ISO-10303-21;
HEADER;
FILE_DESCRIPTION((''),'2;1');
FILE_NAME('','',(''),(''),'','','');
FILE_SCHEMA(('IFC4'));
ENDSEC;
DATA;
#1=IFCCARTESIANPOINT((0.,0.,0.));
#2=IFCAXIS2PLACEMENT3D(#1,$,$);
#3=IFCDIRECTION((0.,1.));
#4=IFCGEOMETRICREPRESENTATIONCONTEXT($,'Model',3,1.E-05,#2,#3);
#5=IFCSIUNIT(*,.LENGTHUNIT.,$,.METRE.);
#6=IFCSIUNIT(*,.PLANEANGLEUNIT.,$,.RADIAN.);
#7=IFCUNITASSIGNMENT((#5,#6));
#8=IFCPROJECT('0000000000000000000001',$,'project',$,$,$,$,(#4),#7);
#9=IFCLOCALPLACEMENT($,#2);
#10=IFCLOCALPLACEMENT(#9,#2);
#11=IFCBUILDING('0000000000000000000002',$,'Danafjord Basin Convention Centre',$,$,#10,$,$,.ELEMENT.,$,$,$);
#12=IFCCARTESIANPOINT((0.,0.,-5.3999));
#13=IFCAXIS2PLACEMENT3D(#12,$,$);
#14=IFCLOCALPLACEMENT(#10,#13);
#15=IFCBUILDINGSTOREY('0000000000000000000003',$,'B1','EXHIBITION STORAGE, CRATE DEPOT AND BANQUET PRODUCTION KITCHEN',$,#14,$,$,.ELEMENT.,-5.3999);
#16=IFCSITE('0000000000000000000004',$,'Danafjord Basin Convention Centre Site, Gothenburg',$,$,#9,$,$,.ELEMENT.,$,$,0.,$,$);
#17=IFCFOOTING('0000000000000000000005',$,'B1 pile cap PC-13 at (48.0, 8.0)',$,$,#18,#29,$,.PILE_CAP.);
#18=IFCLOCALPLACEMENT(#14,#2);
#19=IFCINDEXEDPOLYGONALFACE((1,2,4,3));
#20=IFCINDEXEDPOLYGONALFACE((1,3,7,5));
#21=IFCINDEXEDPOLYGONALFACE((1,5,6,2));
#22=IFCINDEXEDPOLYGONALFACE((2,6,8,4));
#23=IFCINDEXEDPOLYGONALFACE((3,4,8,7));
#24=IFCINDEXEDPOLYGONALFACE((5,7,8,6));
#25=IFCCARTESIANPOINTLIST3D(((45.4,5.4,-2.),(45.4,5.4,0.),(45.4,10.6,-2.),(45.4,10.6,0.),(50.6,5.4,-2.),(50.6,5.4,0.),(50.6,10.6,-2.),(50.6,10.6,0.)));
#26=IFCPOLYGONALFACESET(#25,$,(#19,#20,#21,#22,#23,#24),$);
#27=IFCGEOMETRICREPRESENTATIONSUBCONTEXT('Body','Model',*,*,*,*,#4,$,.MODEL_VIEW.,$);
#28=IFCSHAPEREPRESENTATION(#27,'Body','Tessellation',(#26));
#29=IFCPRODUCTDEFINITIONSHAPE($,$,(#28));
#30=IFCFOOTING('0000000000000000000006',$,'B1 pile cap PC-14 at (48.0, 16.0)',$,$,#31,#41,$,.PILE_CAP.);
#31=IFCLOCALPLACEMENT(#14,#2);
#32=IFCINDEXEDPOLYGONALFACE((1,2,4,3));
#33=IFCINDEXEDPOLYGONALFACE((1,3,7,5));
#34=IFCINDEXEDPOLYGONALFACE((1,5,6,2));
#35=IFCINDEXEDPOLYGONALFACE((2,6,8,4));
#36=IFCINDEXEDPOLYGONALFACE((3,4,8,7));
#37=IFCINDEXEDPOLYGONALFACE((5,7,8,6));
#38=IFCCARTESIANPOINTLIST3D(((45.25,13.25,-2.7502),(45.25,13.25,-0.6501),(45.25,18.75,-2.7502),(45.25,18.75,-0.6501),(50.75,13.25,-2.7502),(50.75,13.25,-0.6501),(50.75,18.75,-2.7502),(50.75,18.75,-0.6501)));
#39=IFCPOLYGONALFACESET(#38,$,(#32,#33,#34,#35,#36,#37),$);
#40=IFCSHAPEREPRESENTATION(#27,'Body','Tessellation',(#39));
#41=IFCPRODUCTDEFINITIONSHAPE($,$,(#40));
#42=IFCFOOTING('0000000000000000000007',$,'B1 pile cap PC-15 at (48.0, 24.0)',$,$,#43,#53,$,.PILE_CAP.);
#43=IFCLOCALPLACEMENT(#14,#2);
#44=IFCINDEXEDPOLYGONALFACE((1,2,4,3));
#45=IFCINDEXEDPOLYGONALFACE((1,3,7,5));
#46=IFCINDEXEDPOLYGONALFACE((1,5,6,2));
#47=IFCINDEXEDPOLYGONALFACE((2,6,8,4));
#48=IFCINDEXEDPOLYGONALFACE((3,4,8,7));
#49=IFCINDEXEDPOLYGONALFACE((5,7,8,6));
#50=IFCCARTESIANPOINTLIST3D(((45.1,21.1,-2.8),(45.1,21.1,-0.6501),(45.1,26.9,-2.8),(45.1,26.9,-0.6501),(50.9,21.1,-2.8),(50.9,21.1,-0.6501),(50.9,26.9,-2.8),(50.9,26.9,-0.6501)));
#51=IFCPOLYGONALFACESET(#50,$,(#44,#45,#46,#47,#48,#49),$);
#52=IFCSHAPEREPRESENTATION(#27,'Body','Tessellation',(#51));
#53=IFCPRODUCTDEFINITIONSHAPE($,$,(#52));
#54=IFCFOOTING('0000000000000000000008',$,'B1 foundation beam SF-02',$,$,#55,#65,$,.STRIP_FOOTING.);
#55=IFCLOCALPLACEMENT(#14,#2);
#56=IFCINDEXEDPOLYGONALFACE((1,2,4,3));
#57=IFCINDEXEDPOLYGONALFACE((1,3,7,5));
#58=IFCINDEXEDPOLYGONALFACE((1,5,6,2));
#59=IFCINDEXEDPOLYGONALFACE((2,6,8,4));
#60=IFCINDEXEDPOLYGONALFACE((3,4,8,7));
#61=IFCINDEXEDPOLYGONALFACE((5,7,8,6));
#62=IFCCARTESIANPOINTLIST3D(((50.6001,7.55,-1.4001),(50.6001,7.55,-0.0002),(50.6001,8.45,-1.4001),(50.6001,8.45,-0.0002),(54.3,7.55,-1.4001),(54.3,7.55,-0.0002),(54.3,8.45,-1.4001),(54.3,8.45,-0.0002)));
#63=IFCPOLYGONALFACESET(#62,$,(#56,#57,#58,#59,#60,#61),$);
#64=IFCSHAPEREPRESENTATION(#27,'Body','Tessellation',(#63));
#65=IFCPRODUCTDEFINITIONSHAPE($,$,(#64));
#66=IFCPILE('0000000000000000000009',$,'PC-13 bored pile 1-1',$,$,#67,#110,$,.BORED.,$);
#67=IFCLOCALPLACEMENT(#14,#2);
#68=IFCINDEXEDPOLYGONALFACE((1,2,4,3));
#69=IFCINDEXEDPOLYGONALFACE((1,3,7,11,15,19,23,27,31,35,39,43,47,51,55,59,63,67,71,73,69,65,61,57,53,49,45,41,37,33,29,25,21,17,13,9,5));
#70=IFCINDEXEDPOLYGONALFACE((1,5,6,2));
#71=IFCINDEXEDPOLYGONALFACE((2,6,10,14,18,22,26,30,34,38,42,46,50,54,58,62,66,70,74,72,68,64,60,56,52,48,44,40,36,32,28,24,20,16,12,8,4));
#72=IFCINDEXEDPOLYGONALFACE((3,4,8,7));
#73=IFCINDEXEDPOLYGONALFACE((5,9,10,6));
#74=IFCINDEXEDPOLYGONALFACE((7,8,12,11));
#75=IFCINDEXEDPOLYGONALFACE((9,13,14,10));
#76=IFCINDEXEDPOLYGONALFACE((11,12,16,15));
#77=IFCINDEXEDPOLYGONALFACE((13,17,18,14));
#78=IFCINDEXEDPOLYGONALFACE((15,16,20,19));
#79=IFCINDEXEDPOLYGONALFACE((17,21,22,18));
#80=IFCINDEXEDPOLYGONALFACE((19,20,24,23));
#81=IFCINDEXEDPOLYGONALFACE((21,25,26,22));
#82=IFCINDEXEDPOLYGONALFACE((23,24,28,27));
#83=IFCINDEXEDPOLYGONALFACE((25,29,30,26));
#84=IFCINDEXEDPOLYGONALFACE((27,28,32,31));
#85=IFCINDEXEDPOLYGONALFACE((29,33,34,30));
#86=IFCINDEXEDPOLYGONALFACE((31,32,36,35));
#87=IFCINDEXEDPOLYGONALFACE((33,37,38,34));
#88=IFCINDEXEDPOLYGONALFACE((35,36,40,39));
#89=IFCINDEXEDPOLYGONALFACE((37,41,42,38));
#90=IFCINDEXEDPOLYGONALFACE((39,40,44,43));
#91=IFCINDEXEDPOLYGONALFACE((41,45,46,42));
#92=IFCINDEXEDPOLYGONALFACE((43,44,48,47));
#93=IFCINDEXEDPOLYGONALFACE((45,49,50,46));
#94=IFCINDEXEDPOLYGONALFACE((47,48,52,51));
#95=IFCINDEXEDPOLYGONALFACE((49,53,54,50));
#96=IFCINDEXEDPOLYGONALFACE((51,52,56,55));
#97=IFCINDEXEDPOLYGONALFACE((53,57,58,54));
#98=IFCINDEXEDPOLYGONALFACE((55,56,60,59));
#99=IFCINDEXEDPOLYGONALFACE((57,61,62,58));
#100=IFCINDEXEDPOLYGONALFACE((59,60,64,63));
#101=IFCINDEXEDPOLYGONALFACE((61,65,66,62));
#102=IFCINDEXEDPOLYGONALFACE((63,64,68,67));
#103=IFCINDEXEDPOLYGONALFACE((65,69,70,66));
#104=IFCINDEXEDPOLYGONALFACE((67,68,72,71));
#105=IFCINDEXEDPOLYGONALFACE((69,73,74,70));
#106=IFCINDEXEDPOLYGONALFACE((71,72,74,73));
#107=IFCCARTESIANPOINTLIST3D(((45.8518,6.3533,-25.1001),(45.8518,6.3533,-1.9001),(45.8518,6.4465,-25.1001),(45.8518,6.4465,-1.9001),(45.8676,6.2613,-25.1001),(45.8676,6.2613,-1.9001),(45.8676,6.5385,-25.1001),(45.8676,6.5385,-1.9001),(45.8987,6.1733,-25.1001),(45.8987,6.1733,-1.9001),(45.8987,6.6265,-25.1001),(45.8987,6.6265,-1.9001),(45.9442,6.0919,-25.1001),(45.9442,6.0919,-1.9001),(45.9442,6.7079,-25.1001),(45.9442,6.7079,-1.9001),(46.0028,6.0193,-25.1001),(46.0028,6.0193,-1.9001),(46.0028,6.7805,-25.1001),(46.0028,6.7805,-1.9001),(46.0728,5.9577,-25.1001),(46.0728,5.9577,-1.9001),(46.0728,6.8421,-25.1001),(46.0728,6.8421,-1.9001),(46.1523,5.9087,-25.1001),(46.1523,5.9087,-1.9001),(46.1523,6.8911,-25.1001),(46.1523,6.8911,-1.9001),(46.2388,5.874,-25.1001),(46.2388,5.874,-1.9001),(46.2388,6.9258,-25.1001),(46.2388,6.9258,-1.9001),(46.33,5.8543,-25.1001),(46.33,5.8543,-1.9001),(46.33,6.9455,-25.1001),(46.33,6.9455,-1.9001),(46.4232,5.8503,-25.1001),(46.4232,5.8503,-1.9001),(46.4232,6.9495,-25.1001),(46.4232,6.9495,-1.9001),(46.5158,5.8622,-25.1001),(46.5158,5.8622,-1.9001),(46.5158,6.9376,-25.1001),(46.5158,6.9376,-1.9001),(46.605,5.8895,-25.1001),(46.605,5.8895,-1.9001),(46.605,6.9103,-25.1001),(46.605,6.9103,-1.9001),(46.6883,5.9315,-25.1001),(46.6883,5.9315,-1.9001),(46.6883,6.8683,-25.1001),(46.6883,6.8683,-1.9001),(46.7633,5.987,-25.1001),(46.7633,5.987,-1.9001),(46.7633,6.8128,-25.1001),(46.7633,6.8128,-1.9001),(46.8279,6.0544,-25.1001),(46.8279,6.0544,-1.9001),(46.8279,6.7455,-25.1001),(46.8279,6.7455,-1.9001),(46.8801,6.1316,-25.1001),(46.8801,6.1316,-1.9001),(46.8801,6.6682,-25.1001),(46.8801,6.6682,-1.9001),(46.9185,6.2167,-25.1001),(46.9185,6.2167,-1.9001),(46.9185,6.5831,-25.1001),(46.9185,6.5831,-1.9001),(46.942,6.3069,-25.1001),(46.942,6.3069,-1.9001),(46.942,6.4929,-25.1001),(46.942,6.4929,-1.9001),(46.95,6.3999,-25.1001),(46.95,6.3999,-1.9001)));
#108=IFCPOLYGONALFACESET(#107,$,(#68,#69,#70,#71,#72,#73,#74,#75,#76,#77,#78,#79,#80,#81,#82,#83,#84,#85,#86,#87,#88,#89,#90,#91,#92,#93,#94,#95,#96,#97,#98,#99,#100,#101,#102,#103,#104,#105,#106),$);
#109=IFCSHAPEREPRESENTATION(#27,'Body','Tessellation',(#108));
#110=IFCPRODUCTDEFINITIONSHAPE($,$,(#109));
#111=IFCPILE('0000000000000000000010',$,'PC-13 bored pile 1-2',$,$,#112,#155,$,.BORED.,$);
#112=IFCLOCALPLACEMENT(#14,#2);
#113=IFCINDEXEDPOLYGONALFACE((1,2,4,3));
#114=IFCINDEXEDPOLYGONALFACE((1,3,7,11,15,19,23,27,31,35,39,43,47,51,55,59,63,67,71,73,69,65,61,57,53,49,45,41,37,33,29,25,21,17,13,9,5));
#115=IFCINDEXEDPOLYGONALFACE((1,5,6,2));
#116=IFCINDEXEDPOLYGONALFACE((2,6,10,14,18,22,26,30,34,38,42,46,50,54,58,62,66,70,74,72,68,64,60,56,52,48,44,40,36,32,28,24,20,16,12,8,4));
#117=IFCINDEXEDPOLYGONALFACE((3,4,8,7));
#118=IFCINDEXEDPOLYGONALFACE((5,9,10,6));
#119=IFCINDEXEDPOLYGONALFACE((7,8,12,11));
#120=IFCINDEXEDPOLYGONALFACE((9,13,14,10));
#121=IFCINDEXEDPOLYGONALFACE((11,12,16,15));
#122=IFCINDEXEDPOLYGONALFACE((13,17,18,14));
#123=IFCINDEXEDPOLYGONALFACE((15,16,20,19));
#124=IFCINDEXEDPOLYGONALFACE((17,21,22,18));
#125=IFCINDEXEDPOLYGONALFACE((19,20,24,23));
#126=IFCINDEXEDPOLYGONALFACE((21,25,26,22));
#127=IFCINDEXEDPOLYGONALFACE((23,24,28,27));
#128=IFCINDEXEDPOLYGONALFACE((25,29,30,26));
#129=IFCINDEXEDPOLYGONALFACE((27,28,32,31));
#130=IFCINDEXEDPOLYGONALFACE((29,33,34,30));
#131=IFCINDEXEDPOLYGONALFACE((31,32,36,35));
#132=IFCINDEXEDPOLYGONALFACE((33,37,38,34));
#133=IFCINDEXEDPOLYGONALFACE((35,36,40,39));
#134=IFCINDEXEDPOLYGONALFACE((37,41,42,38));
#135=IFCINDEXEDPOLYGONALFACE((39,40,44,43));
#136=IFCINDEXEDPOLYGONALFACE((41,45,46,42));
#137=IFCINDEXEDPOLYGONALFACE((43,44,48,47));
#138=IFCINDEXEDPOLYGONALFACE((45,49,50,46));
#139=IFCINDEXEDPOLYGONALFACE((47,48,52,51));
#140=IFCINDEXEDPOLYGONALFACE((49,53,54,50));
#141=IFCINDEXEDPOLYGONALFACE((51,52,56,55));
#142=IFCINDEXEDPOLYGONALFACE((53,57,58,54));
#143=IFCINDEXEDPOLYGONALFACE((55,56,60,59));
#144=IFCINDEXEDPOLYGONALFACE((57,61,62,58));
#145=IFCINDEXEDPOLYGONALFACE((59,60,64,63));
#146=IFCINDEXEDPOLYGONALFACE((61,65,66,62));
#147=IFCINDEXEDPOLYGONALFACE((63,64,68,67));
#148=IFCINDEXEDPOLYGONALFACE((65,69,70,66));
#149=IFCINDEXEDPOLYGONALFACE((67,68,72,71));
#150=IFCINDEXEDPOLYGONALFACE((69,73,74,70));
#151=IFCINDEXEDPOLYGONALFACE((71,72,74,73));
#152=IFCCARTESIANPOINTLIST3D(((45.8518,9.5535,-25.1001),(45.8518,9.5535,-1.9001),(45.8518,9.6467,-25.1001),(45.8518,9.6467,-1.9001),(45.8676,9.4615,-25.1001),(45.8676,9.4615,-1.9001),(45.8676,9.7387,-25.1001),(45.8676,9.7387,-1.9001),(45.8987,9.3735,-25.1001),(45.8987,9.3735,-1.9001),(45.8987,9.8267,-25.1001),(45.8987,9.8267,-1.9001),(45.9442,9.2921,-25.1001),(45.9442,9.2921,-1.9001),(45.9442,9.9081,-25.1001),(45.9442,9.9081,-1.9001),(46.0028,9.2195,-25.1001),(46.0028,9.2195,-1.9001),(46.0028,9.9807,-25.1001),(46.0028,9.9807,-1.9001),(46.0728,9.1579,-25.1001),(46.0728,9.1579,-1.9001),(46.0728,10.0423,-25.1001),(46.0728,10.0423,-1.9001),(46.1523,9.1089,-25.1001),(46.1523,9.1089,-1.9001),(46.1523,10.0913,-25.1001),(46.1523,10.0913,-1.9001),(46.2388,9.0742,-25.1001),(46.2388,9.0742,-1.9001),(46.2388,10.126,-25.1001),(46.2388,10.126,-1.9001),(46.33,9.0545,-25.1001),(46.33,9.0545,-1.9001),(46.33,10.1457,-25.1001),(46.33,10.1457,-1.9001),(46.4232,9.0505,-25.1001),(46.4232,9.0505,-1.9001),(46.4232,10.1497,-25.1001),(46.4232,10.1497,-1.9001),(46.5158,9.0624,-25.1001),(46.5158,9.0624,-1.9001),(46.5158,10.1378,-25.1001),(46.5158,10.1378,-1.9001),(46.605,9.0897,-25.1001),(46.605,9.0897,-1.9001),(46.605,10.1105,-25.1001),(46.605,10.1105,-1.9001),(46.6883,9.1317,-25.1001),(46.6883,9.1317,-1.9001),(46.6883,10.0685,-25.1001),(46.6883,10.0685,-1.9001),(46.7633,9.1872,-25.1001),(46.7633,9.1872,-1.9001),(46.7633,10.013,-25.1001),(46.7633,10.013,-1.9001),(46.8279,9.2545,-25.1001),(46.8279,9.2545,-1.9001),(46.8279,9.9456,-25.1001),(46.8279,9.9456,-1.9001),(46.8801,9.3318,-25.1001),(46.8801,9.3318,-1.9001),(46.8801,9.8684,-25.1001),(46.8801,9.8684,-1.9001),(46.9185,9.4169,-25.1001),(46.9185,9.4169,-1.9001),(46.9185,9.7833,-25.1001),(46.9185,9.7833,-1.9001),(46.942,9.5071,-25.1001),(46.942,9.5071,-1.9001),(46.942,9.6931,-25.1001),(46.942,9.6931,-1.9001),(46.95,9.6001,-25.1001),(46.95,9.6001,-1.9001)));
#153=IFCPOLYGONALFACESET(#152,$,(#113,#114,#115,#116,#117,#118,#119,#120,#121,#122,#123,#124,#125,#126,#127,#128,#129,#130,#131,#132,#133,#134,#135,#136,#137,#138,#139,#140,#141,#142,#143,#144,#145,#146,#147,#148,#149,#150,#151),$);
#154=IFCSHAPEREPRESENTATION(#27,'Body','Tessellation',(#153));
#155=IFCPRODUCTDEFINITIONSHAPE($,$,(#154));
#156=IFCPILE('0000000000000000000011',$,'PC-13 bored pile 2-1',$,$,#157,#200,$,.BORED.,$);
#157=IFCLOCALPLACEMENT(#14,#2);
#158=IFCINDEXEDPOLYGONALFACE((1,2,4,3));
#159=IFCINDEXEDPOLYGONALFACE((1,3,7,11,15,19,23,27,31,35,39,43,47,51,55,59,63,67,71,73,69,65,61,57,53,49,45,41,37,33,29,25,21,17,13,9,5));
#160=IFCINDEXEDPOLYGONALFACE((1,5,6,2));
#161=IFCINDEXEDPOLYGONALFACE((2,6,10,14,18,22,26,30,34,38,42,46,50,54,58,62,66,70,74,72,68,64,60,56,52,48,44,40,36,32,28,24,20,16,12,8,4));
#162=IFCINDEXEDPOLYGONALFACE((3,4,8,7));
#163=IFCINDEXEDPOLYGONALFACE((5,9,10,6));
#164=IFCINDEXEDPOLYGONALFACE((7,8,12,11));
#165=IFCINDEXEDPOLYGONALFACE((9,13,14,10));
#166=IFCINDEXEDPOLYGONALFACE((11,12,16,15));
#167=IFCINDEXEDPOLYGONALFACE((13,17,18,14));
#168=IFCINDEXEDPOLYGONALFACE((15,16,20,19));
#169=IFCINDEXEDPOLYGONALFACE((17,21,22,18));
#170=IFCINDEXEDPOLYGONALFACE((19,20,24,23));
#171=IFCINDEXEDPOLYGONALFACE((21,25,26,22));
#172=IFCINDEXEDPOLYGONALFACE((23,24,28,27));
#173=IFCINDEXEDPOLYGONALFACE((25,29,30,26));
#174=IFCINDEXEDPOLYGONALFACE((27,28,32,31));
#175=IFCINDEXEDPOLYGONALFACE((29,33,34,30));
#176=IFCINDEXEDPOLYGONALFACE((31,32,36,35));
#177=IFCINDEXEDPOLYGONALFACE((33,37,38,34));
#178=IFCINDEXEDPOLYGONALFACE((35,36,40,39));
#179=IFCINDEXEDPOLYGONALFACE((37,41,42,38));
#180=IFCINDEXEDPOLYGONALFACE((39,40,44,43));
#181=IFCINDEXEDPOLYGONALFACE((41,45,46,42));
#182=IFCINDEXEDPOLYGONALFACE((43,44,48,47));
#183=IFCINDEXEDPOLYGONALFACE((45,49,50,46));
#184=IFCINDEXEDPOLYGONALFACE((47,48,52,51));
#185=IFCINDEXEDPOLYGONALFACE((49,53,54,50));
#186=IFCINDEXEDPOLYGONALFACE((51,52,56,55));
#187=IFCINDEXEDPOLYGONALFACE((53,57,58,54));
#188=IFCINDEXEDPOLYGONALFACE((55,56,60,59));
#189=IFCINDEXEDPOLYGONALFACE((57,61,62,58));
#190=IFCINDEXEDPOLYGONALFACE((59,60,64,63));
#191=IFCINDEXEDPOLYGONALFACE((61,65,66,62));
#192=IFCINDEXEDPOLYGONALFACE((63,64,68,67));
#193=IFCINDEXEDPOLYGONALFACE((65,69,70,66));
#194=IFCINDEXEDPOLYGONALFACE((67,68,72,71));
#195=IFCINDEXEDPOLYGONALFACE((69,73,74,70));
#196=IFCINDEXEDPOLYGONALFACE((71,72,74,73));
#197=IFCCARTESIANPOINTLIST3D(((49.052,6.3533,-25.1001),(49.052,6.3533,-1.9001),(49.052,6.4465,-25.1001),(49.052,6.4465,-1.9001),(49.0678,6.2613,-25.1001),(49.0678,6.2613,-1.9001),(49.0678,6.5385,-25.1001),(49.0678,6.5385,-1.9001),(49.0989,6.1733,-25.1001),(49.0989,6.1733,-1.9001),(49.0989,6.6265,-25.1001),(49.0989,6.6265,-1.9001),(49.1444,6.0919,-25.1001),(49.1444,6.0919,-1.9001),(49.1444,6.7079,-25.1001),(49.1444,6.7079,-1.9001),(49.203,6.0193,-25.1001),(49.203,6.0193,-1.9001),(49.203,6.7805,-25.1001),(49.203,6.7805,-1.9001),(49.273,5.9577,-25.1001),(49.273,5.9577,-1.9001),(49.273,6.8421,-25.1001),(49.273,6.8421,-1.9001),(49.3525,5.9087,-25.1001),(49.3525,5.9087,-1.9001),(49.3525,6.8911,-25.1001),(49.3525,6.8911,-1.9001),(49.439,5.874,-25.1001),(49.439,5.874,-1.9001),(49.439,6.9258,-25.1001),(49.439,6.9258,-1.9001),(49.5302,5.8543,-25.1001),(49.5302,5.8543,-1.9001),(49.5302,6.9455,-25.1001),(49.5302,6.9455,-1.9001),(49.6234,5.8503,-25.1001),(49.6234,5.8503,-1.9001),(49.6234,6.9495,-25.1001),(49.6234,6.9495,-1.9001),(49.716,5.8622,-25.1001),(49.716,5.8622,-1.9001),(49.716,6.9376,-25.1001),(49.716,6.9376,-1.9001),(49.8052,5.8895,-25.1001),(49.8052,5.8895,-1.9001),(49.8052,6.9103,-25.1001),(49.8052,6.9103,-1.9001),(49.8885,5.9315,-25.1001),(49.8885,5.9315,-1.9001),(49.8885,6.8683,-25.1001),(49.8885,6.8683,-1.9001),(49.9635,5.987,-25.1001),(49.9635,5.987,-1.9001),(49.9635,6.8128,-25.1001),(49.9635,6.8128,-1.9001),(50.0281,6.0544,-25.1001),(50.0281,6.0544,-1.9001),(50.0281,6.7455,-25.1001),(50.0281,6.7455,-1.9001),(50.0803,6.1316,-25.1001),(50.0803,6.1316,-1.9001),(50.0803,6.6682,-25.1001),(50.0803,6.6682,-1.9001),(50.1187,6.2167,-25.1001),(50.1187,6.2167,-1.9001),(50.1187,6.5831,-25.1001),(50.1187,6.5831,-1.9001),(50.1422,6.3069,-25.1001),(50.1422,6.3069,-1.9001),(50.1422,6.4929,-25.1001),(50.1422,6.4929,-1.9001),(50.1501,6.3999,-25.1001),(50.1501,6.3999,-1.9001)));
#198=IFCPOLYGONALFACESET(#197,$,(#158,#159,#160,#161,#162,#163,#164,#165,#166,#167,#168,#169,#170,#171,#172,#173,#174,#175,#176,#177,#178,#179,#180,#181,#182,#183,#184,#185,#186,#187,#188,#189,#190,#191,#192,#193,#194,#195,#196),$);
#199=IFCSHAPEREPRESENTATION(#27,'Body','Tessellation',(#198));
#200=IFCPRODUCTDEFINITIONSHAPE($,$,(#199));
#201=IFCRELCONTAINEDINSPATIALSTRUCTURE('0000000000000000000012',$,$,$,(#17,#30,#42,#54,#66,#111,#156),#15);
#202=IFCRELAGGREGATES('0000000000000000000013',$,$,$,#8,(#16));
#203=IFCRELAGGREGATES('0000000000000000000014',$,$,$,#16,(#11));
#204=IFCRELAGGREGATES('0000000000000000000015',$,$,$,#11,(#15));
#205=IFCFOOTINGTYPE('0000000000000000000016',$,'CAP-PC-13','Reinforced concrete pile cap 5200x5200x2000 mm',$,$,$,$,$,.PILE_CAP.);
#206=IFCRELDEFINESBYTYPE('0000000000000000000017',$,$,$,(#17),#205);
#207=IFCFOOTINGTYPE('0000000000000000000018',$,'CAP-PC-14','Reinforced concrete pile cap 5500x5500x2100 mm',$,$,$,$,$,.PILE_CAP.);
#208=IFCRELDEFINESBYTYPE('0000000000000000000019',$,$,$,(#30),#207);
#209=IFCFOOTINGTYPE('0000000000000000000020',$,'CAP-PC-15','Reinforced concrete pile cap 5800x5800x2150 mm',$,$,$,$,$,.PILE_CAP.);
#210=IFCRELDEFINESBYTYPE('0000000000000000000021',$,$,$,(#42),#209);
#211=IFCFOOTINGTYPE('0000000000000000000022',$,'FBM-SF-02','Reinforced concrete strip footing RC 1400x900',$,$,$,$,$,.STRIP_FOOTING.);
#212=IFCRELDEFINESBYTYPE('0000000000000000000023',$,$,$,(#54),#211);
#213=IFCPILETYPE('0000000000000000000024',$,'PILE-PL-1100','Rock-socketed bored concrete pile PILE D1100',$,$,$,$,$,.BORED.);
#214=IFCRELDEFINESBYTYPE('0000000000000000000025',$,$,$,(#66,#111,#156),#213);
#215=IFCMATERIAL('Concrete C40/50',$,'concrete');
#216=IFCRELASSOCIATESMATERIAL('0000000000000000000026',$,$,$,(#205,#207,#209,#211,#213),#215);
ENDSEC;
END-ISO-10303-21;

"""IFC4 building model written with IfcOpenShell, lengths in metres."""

from ifc_helpers import new_model, si_unit, direction, frame, origin, origin_2d, place, context, subcontext, project, spatial, rectangle, circle, extrude, material, material_profile, profile_set, type_object, element, save


model = new_model("IFC4")

# Units and contexts
model_context = context("Model", 3, precision=1e-05, world=origin(), true_north=direction((0.0, 1.0)))
body_context = subcontext(model_context, "Body", "Model", "MODEL_VIEW")
ifc_project = project(units=[si_unit("LENGTHUNIT", "METRE"), si_unit("PLANEANGLEUNIT", "RADIAN")], contexts=[model_context])

# Site, building, storey
site_placement = place(None, origin())
site = spatial("IfcSite", under=ifc_project, at=site_placement, Name="Danafjord Basin Convention Centre Site, Gothenburg", CompositionType="ELEMENT", RefElevation=0.0)
building_placement = place(site_placement, origin())
building = spatial("IfcBuilding", under=site, at=building_placement, Name="Danafjord Basin Convention Centre", CompositionType="ELEMENT")
storey_placement = place(building_placement, frame((0.0, 0.0, -5.3999)))
storey = spatial("IfcBuildingStorey", under=building, at=storey_placement, Name="B1", Description="EXHIBITION STORAGE, CRATE DEPOT AND BANQUET PRODUCTION KITCHEN", CompositionType="ELEMENT", Elevation=-5.3999)

# Footings
ifc_material_1 = material(Name="Concrete C40/50", Category="concrete")
footing_type_1 = type_object("IfcFootingType", Name="CAP-PC-13", Description="Reinforced concrete pile cap 5200x5200x2000 mm", PredefinedType="PILE_CAP", material=ifc_material_1)
footing_1_placement = place(storey_placement, frame((48.0, 8.0, -2.0), z_axis=(0.0, 0.0, 1.0), x_axis=(1.0, 0.0, 0.0)))
element("IfcFooting", 1, at=footing_1_placement, inside=storey, type_object=footing_type_1, Name="B1 pile cap PC-13 at (48.0, 8.0)", PredefinedType="PILE_CAP", context=body_context, shape_type="SweptSolid", body=[
    extrude(rectangle(XDim=5.2, YDim=5.2, at=origin_2d()), origin(), (0.0, 0.0, 1.0), 2.0),
])
footing_type_2 = type_object("IfcFootingType", Name="CAP-PC-14", Description="Reinforced concrete pile cap 5500x5500x2100 mm", PredefinedType="PILE_CAP", material=ifc_material_1)
footing_2_placement = place(storey_placement, frame((48.0, 16.0, -2.7502), z_axis=(0.0, 0.0, 1.0), x_axis=(1.0, 0.0, 0.0)))
element("IfcFooting", 2, at=footing_2_placement, inside=storey, type_object=footing_type_2, Name="B1 pile cap PC-14 at (48.0, 16.0)", PredefinedType="PILE_CAP", context=body_context, shape_type="SweptSolid", body=[
    extrude(rectangle(XDim=5.5, YDim=5.5, at=origin_2d()), origin(), (0.0, 0.0, 1.0), 2.1001),
])
footing_type_3 = type_object("IfcFootingType", Name="CAP-PC-15", Description="Reinforced concrete pile cap 5800x5800x2150 mm", PredefinedType="PILE_CAP", material=ifc_material_1)
footing_3_placement = place(storey_placement, frame((48.0, 24.0, -2.8), z_axis=(0.0, 0.0, 1.0), x_axis=(1.0, 0.0, 0.0)))
element("IfcFooting", 3, at=footing_3_placement, inside=storey, type_object=footing_type_3, Name="B1 pile cap PC-15 at (48.0, 24.0)", PredefinedType="PILE_CAP", context=body_context, shape_type="SweptSolid", body=[
    extrude(rectangle(XDim=5.8, YDim=5.8, at=origin_2d()), origin(), (0.0, 0.0, 1.0), 2.1499),
])
ifc_material_profile_1 = material_profile(ifc_material_1, rectangle(XDim=0.8999, YDim=1.3999, at=origin_2d()), Name="RC 1400x900")
ifc_profile_set_1 = profile_set([ifc_material_profile_1], Name="Concrete C40/50")
footing_type_4 = type_object("IfcFootingType", Name="FBM-SF-02", Description="Reinforced concrete strip footing RC 1400x900", PredefinedType="STRIP_FOOTING", material=ifc_profile_set_1)
footing_4_placement = place(storey_placement, frame((50.6001, 8.0, -0.7002), z_axis=(1.0, 0.0, 0.0), x_axis=(0.0, 1.0, 0.0)))
element("IfcFooting", 4, at=footing_4_placement, inside=storey, type_object=footing_type_4, Name="B1 foundation beam SF-02", PredefinedType="STRIP_FOOTING", context=body_context, shape_type="SweptSolid", body=[
    extrude(rectangle(XDim=0.8999, YDim=1.3999, at=origin_2d()), origin(), (0.0, 0.0, 1.0), 3.7),
])

# Piles
ifc_material_profile_2 = material_profile(ifc_material_1, circle(Radius=0.55, at=origin_2d()), Name="PILE D1100")
ifc_profile_set_2 = profile_set([ifc_material_profile_2], Name="Concrete C40/50")
pile_type_1 = type_object("IfcPileType", Name="PILE-PL-1100", Description="Rock-socketed bored concrete pile PILE D1100", PredefinedType="BORED", material=ifc_profile_set_2)
for number, where, z_axis, x_axis, name in (
    (5, (46.3999, 6.3999, -1.9001), (0.0, 0.0, -1.0), (1.0, 0.0, 0.0), "PC-13 bored pile 1-1"),
    (6, (46.3999, 9.6001, -1.9001), (0.0, 0.0, -1.0), (1.0, 0.0, 0.0), "PC-13 bored pile 1-2"),
    (7, (49.6001, 6.3999, -1.9001), (0.0, 0.0, -1.0), (1.0, 0.0, 0.0), "PC-13 bored pile 2-1"),
):
    element("IfcPile", number, at=place(storey_placement, frame(where, z_axis=z_axis, x_axis=x_axis)), inside=storey, type_object=pile_type_1, Name=name, PredefinedType="BORED", context=body_context, shape_type="SweptSolid", body=[
        extrude(circle(Radius=0.55, at=origin_2d()), origin(), (0.0, 0.0, 1.0), 23.2),
    ])

save(model, "model.ifc")
